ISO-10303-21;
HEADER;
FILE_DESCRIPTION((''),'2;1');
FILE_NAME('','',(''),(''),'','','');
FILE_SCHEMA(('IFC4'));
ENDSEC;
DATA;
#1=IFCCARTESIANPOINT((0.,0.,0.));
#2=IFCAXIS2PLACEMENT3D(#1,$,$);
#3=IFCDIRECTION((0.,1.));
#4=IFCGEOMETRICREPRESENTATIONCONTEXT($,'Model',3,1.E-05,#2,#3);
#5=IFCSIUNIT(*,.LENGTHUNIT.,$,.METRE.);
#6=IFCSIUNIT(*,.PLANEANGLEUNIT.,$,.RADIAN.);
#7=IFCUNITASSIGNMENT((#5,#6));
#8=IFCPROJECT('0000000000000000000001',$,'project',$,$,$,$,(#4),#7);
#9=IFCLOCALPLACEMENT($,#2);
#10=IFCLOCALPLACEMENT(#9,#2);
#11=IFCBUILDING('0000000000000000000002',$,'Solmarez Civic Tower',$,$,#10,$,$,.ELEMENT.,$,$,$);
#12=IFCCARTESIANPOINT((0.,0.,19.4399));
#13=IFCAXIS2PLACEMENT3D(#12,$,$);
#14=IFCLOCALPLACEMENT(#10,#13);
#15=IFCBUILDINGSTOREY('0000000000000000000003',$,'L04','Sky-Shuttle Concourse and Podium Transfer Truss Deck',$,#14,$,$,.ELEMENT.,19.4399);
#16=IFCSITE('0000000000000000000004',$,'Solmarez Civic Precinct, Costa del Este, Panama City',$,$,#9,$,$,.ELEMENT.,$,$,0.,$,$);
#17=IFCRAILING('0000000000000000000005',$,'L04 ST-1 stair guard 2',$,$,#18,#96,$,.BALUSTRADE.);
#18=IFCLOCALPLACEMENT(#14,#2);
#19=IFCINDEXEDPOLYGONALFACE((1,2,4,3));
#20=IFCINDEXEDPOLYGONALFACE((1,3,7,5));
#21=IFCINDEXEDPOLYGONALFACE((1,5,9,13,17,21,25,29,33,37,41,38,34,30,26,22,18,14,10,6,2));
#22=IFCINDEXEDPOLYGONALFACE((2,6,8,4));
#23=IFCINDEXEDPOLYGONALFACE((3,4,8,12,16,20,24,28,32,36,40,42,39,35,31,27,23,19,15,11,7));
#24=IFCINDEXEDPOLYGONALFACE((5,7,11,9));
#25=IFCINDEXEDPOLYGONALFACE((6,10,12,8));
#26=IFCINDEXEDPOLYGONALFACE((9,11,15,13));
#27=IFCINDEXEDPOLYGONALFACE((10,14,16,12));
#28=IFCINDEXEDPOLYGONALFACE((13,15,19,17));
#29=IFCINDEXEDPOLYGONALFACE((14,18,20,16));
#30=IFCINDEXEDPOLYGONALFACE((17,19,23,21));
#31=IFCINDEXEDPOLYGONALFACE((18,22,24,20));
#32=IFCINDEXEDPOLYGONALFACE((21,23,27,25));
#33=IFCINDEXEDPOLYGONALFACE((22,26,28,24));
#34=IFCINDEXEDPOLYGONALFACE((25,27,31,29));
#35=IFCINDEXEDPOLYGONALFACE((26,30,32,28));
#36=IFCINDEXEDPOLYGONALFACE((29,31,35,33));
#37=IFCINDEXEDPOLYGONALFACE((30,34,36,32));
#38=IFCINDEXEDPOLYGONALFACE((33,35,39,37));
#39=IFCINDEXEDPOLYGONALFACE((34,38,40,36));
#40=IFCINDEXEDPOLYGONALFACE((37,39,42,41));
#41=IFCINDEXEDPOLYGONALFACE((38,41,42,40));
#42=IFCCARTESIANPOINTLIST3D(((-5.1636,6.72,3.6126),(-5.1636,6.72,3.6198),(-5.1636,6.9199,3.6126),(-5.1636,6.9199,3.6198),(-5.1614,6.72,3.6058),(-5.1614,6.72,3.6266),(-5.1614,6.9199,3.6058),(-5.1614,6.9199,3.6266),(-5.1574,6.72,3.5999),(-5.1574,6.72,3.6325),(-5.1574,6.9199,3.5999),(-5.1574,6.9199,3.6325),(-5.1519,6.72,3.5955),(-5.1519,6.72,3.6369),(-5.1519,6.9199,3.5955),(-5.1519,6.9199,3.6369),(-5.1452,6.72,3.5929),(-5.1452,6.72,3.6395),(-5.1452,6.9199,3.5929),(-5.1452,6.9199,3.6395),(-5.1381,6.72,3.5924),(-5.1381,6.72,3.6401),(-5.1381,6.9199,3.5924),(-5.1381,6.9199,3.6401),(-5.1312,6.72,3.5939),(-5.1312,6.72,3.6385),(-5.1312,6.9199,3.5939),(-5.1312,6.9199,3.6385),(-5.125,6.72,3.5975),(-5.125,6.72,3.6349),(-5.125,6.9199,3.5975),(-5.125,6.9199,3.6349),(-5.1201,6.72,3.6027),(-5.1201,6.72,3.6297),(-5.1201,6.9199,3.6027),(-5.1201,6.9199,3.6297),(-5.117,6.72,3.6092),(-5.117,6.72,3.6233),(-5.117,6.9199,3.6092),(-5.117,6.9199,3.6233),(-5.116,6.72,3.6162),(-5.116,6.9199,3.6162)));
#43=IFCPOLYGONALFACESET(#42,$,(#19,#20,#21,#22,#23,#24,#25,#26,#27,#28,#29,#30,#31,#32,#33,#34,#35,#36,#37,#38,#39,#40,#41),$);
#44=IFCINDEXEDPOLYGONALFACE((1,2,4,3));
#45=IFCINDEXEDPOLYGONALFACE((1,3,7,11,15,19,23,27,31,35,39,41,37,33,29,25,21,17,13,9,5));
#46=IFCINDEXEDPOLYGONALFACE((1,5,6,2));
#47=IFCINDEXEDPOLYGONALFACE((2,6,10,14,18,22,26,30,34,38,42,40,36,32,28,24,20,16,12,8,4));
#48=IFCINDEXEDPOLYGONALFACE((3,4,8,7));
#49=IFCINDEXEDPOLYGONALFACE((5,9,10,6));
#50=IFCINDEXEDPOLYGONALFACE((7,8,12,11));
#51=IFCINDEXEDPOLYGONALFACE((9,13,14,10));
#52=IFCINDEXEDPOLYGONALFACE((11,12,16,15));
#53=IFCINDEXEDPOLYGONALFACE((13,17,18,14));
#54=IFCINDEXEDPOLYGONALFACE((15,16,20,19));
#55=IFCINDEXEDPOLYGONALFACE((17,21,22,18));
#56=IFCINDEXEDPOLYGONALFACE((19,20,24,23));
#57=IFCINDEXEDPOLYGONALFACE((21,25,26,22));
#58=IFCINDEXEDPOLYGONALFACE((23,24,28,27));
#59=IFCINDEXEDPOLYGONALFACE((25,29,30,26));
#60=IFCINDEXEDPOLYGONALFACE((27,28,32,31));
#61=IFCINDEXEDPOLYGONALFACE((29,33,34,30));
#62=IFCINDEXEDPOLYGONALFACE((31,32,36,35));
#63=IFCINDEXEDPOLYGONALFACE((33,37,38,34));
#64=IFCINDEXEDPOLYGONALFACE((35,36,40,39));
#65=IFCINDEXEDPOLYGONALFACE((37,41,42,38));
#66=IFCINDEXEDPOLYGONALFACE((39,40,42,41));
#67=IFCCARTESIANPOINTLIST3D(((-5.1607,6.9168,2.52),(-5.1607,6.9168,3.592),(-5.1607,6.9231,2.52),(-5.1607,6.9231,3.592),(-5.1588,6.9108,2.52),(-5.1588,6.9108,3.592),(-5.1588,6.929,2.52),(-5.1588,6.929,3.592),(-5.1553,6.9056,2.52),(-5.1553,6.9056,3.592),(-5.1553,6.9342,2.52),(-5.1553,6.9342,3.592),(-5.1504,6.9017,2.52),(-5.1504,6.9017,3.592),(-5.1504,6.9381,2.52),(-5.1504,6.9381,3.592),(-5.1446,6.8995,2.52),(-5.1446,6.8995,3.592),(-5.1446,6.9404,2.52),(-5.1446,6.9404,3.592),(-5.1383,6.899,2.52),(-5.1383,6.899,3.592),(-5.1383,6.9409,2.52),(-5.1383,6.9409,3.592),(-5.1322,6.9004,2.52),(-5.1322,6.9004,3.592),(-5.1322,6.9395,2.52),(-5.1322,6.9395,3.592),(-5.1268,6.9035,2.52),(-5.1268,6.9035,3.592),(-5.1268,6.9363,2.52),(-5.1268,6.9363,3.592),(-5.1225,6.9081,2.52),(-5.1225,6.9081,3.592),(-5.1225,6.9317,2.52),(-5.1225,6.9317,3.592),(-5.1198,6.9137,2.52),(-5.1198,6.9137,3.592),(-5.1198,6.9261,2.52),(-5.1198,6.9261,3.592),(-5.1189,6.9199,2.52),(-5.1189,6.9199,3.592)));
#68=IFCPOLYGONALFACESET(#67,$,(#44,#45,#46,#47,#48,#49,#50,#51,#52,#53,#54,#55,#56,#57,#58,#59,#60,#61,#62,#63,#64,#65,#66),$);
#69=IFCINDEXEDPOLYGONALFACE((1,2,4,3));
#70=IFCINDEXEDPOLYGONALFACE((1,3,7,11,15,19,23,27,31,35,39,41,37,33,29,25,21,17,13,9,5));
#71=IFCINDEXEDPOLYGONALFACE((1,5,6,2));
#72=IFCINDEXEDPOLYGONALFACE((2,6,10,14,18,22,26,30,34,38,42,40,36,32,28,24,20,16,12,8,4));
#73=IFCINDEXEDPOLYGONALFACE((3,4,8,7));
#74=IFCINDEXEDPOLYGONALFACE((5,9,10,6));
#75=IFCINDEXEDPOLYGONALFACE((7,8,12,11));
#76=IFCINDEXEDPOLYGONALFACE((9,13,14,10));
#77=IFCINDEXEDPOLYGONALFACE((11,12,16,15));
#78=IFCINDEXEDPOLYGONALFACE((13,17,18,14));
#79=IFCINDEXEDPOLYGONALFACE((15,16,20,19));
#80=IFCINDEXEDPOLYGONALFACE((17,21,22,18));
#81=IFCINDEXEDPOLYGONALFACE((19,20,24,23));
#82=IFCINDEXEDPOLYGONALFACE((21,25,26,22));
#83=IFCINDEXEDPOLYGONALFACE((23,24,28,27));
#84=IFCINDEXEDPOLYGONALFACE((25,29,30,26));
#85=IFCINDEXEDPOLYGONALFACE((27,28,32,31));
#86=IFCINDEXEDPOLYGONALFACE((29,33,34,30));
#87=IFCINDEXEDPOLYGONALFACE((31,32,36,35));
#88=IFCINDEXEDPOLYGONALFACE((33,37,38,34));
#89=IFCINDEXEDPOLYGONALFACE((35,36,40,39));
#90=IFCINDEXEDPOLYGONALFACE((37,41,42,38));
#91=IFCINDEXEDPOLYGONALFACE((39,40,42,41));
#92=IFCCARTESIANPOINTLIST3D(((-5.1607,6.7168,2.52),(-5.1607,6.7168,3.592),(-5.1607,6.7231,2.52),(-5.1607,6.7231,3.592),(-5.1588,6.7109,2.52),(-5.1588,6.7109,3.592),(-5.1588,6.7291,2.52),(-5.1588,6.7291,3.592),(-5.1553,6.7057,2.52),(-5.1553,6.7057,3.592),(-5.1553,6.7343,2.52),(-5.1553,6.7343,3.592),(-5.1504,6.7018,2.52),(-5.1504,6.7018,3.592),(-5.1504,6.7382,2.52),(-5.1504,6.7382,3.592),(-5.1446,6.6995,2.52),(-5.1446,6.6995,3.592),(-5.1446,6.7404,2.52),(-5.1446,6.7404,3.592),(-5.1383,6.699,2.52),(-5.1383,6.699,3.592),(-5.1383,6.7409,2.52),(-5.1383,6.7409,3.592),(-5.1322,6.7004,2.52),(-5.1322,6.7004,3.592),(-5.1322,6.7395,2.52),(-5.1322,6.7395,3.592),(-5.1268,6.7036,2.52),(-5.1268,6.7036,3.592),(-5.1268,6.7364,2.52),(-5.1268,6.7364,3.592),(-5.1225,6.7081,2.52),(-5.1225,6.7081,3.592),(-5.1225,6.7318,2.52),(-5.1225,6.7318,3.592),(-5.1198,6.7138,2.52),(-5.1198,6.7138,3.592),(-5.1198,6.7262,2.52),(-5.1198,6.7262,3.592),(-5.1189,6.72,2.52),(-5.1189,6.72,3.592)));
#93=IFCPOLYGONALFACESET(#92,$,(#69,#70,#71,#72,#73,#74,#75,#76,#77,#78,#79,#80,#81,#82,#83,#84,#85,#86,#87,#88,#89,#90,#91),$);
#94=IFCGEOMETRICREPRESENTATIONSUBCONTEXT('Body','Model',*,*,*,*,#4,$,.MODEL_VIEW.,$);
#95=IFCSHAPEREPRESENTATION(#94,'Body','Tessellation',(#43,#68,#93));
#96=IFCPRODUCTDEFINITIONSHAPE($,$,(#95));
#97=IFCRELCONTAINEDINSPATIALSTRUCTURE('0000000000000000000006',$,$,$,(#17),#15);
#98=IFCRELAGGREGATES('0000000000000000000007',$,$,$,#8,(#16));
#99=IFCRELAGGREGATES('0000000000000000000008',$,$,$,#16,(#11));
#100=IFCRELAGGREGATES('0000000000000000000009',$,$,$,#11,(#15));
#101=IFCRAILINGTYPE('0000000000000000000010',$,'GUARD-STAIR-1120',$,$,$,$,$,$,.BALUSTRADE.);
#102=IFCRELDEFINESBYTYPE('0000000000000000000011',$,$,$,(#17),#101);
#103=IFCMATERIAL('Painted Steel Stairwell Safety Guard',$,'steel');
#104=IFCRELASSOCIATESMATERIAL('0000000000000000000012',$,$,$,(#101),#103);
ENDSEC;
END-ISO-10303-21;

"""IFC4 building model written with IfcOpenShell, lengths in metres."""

from ifc_helpers import new_model, si_unit, direction, frame, origin, origin_2d, place, context, subcontext, project, spatial, circle, extrude, material, type_object, element, save


model = new_model("IFC4")

# Units and contexts
model_context = context("Model", 3, precision=1e-05, world=origin(), true_north=direction((0.0, 1.0)))
body_context = subcontext(model_context, "Body", "Model", "MODEL_VIEW")
ifc_project = project(units=[si_unit("LENGTHUNIT", "METRE"), si_unit("PLANEANGLEUNIT", "RADIAN")], contexts=[model_context])

# Site, building, storey
site_placement = place(None, origin())
site = spatial("IfcSite", under=ifc_project, at=site_placement, Name="Solmarez Civic Precinct, Costa del Este, Panama City", CompositionType="ELEMENT", RefElevation=0.0)
building_placement = place(site_placement, origin())
building = spatial("IfcBuilding", under=site, at=building_placement, Name="Solmarez Civic Tower", CompositionType="ELEMENT")
storey_placement = place(building_placement, frame((0.0, 0.0, 19.4399)))
storey = spatial("IfcBuildingStorey", under=building, at=storey_placement, Name="L04", Description="Sky-Shuttle Concourse and Podium Transfer Truss Deck", CompositionType="ELEMENT", Elevation=19.4399)

# Railing
ifc_material_1 = material(Name="Painted Steel Stairwell Safety Guard", Category="steel")
railing_type_1 = type_object("IfcRailingType", Name="GUARD-STAIR-1120", PredefinedType="BALUSTRADE", material=ifc_material_1)
railing_1_placement = place(storey_placement, frame((-5.1399, 6.9199, 2.52)))
element("IfcRailing", 1, at=railing_1_placement, inside=storey, type_object=railing_type_1, Name="L04 ST-1 stair guard 2", PredefinedType="BALUSTRADE", context=body_context, shape_type="SweptSolid", body=[
    extrude(circle(Radius=0.0239, at=origin_2d()), frame((0.0, 0.0, 1.0962), z_axis=(0.0, -1.0, 0.0), x_axis=(1.0, 0.0, 0.0)), (0.0, 0.0, 1.0), 0.2),
    extrude(circle(Radius=0.021, at=origin_2d()), origin(), (0.0, 0.0, 1.0), 1.072),
    extrude(circle(Radius=0.021, at=origin_2d()), frame((0.0, -0.2, 0.0)), (0.0, 0.0, 1.0), 1.072),
])

save(model, "model.ifc")
